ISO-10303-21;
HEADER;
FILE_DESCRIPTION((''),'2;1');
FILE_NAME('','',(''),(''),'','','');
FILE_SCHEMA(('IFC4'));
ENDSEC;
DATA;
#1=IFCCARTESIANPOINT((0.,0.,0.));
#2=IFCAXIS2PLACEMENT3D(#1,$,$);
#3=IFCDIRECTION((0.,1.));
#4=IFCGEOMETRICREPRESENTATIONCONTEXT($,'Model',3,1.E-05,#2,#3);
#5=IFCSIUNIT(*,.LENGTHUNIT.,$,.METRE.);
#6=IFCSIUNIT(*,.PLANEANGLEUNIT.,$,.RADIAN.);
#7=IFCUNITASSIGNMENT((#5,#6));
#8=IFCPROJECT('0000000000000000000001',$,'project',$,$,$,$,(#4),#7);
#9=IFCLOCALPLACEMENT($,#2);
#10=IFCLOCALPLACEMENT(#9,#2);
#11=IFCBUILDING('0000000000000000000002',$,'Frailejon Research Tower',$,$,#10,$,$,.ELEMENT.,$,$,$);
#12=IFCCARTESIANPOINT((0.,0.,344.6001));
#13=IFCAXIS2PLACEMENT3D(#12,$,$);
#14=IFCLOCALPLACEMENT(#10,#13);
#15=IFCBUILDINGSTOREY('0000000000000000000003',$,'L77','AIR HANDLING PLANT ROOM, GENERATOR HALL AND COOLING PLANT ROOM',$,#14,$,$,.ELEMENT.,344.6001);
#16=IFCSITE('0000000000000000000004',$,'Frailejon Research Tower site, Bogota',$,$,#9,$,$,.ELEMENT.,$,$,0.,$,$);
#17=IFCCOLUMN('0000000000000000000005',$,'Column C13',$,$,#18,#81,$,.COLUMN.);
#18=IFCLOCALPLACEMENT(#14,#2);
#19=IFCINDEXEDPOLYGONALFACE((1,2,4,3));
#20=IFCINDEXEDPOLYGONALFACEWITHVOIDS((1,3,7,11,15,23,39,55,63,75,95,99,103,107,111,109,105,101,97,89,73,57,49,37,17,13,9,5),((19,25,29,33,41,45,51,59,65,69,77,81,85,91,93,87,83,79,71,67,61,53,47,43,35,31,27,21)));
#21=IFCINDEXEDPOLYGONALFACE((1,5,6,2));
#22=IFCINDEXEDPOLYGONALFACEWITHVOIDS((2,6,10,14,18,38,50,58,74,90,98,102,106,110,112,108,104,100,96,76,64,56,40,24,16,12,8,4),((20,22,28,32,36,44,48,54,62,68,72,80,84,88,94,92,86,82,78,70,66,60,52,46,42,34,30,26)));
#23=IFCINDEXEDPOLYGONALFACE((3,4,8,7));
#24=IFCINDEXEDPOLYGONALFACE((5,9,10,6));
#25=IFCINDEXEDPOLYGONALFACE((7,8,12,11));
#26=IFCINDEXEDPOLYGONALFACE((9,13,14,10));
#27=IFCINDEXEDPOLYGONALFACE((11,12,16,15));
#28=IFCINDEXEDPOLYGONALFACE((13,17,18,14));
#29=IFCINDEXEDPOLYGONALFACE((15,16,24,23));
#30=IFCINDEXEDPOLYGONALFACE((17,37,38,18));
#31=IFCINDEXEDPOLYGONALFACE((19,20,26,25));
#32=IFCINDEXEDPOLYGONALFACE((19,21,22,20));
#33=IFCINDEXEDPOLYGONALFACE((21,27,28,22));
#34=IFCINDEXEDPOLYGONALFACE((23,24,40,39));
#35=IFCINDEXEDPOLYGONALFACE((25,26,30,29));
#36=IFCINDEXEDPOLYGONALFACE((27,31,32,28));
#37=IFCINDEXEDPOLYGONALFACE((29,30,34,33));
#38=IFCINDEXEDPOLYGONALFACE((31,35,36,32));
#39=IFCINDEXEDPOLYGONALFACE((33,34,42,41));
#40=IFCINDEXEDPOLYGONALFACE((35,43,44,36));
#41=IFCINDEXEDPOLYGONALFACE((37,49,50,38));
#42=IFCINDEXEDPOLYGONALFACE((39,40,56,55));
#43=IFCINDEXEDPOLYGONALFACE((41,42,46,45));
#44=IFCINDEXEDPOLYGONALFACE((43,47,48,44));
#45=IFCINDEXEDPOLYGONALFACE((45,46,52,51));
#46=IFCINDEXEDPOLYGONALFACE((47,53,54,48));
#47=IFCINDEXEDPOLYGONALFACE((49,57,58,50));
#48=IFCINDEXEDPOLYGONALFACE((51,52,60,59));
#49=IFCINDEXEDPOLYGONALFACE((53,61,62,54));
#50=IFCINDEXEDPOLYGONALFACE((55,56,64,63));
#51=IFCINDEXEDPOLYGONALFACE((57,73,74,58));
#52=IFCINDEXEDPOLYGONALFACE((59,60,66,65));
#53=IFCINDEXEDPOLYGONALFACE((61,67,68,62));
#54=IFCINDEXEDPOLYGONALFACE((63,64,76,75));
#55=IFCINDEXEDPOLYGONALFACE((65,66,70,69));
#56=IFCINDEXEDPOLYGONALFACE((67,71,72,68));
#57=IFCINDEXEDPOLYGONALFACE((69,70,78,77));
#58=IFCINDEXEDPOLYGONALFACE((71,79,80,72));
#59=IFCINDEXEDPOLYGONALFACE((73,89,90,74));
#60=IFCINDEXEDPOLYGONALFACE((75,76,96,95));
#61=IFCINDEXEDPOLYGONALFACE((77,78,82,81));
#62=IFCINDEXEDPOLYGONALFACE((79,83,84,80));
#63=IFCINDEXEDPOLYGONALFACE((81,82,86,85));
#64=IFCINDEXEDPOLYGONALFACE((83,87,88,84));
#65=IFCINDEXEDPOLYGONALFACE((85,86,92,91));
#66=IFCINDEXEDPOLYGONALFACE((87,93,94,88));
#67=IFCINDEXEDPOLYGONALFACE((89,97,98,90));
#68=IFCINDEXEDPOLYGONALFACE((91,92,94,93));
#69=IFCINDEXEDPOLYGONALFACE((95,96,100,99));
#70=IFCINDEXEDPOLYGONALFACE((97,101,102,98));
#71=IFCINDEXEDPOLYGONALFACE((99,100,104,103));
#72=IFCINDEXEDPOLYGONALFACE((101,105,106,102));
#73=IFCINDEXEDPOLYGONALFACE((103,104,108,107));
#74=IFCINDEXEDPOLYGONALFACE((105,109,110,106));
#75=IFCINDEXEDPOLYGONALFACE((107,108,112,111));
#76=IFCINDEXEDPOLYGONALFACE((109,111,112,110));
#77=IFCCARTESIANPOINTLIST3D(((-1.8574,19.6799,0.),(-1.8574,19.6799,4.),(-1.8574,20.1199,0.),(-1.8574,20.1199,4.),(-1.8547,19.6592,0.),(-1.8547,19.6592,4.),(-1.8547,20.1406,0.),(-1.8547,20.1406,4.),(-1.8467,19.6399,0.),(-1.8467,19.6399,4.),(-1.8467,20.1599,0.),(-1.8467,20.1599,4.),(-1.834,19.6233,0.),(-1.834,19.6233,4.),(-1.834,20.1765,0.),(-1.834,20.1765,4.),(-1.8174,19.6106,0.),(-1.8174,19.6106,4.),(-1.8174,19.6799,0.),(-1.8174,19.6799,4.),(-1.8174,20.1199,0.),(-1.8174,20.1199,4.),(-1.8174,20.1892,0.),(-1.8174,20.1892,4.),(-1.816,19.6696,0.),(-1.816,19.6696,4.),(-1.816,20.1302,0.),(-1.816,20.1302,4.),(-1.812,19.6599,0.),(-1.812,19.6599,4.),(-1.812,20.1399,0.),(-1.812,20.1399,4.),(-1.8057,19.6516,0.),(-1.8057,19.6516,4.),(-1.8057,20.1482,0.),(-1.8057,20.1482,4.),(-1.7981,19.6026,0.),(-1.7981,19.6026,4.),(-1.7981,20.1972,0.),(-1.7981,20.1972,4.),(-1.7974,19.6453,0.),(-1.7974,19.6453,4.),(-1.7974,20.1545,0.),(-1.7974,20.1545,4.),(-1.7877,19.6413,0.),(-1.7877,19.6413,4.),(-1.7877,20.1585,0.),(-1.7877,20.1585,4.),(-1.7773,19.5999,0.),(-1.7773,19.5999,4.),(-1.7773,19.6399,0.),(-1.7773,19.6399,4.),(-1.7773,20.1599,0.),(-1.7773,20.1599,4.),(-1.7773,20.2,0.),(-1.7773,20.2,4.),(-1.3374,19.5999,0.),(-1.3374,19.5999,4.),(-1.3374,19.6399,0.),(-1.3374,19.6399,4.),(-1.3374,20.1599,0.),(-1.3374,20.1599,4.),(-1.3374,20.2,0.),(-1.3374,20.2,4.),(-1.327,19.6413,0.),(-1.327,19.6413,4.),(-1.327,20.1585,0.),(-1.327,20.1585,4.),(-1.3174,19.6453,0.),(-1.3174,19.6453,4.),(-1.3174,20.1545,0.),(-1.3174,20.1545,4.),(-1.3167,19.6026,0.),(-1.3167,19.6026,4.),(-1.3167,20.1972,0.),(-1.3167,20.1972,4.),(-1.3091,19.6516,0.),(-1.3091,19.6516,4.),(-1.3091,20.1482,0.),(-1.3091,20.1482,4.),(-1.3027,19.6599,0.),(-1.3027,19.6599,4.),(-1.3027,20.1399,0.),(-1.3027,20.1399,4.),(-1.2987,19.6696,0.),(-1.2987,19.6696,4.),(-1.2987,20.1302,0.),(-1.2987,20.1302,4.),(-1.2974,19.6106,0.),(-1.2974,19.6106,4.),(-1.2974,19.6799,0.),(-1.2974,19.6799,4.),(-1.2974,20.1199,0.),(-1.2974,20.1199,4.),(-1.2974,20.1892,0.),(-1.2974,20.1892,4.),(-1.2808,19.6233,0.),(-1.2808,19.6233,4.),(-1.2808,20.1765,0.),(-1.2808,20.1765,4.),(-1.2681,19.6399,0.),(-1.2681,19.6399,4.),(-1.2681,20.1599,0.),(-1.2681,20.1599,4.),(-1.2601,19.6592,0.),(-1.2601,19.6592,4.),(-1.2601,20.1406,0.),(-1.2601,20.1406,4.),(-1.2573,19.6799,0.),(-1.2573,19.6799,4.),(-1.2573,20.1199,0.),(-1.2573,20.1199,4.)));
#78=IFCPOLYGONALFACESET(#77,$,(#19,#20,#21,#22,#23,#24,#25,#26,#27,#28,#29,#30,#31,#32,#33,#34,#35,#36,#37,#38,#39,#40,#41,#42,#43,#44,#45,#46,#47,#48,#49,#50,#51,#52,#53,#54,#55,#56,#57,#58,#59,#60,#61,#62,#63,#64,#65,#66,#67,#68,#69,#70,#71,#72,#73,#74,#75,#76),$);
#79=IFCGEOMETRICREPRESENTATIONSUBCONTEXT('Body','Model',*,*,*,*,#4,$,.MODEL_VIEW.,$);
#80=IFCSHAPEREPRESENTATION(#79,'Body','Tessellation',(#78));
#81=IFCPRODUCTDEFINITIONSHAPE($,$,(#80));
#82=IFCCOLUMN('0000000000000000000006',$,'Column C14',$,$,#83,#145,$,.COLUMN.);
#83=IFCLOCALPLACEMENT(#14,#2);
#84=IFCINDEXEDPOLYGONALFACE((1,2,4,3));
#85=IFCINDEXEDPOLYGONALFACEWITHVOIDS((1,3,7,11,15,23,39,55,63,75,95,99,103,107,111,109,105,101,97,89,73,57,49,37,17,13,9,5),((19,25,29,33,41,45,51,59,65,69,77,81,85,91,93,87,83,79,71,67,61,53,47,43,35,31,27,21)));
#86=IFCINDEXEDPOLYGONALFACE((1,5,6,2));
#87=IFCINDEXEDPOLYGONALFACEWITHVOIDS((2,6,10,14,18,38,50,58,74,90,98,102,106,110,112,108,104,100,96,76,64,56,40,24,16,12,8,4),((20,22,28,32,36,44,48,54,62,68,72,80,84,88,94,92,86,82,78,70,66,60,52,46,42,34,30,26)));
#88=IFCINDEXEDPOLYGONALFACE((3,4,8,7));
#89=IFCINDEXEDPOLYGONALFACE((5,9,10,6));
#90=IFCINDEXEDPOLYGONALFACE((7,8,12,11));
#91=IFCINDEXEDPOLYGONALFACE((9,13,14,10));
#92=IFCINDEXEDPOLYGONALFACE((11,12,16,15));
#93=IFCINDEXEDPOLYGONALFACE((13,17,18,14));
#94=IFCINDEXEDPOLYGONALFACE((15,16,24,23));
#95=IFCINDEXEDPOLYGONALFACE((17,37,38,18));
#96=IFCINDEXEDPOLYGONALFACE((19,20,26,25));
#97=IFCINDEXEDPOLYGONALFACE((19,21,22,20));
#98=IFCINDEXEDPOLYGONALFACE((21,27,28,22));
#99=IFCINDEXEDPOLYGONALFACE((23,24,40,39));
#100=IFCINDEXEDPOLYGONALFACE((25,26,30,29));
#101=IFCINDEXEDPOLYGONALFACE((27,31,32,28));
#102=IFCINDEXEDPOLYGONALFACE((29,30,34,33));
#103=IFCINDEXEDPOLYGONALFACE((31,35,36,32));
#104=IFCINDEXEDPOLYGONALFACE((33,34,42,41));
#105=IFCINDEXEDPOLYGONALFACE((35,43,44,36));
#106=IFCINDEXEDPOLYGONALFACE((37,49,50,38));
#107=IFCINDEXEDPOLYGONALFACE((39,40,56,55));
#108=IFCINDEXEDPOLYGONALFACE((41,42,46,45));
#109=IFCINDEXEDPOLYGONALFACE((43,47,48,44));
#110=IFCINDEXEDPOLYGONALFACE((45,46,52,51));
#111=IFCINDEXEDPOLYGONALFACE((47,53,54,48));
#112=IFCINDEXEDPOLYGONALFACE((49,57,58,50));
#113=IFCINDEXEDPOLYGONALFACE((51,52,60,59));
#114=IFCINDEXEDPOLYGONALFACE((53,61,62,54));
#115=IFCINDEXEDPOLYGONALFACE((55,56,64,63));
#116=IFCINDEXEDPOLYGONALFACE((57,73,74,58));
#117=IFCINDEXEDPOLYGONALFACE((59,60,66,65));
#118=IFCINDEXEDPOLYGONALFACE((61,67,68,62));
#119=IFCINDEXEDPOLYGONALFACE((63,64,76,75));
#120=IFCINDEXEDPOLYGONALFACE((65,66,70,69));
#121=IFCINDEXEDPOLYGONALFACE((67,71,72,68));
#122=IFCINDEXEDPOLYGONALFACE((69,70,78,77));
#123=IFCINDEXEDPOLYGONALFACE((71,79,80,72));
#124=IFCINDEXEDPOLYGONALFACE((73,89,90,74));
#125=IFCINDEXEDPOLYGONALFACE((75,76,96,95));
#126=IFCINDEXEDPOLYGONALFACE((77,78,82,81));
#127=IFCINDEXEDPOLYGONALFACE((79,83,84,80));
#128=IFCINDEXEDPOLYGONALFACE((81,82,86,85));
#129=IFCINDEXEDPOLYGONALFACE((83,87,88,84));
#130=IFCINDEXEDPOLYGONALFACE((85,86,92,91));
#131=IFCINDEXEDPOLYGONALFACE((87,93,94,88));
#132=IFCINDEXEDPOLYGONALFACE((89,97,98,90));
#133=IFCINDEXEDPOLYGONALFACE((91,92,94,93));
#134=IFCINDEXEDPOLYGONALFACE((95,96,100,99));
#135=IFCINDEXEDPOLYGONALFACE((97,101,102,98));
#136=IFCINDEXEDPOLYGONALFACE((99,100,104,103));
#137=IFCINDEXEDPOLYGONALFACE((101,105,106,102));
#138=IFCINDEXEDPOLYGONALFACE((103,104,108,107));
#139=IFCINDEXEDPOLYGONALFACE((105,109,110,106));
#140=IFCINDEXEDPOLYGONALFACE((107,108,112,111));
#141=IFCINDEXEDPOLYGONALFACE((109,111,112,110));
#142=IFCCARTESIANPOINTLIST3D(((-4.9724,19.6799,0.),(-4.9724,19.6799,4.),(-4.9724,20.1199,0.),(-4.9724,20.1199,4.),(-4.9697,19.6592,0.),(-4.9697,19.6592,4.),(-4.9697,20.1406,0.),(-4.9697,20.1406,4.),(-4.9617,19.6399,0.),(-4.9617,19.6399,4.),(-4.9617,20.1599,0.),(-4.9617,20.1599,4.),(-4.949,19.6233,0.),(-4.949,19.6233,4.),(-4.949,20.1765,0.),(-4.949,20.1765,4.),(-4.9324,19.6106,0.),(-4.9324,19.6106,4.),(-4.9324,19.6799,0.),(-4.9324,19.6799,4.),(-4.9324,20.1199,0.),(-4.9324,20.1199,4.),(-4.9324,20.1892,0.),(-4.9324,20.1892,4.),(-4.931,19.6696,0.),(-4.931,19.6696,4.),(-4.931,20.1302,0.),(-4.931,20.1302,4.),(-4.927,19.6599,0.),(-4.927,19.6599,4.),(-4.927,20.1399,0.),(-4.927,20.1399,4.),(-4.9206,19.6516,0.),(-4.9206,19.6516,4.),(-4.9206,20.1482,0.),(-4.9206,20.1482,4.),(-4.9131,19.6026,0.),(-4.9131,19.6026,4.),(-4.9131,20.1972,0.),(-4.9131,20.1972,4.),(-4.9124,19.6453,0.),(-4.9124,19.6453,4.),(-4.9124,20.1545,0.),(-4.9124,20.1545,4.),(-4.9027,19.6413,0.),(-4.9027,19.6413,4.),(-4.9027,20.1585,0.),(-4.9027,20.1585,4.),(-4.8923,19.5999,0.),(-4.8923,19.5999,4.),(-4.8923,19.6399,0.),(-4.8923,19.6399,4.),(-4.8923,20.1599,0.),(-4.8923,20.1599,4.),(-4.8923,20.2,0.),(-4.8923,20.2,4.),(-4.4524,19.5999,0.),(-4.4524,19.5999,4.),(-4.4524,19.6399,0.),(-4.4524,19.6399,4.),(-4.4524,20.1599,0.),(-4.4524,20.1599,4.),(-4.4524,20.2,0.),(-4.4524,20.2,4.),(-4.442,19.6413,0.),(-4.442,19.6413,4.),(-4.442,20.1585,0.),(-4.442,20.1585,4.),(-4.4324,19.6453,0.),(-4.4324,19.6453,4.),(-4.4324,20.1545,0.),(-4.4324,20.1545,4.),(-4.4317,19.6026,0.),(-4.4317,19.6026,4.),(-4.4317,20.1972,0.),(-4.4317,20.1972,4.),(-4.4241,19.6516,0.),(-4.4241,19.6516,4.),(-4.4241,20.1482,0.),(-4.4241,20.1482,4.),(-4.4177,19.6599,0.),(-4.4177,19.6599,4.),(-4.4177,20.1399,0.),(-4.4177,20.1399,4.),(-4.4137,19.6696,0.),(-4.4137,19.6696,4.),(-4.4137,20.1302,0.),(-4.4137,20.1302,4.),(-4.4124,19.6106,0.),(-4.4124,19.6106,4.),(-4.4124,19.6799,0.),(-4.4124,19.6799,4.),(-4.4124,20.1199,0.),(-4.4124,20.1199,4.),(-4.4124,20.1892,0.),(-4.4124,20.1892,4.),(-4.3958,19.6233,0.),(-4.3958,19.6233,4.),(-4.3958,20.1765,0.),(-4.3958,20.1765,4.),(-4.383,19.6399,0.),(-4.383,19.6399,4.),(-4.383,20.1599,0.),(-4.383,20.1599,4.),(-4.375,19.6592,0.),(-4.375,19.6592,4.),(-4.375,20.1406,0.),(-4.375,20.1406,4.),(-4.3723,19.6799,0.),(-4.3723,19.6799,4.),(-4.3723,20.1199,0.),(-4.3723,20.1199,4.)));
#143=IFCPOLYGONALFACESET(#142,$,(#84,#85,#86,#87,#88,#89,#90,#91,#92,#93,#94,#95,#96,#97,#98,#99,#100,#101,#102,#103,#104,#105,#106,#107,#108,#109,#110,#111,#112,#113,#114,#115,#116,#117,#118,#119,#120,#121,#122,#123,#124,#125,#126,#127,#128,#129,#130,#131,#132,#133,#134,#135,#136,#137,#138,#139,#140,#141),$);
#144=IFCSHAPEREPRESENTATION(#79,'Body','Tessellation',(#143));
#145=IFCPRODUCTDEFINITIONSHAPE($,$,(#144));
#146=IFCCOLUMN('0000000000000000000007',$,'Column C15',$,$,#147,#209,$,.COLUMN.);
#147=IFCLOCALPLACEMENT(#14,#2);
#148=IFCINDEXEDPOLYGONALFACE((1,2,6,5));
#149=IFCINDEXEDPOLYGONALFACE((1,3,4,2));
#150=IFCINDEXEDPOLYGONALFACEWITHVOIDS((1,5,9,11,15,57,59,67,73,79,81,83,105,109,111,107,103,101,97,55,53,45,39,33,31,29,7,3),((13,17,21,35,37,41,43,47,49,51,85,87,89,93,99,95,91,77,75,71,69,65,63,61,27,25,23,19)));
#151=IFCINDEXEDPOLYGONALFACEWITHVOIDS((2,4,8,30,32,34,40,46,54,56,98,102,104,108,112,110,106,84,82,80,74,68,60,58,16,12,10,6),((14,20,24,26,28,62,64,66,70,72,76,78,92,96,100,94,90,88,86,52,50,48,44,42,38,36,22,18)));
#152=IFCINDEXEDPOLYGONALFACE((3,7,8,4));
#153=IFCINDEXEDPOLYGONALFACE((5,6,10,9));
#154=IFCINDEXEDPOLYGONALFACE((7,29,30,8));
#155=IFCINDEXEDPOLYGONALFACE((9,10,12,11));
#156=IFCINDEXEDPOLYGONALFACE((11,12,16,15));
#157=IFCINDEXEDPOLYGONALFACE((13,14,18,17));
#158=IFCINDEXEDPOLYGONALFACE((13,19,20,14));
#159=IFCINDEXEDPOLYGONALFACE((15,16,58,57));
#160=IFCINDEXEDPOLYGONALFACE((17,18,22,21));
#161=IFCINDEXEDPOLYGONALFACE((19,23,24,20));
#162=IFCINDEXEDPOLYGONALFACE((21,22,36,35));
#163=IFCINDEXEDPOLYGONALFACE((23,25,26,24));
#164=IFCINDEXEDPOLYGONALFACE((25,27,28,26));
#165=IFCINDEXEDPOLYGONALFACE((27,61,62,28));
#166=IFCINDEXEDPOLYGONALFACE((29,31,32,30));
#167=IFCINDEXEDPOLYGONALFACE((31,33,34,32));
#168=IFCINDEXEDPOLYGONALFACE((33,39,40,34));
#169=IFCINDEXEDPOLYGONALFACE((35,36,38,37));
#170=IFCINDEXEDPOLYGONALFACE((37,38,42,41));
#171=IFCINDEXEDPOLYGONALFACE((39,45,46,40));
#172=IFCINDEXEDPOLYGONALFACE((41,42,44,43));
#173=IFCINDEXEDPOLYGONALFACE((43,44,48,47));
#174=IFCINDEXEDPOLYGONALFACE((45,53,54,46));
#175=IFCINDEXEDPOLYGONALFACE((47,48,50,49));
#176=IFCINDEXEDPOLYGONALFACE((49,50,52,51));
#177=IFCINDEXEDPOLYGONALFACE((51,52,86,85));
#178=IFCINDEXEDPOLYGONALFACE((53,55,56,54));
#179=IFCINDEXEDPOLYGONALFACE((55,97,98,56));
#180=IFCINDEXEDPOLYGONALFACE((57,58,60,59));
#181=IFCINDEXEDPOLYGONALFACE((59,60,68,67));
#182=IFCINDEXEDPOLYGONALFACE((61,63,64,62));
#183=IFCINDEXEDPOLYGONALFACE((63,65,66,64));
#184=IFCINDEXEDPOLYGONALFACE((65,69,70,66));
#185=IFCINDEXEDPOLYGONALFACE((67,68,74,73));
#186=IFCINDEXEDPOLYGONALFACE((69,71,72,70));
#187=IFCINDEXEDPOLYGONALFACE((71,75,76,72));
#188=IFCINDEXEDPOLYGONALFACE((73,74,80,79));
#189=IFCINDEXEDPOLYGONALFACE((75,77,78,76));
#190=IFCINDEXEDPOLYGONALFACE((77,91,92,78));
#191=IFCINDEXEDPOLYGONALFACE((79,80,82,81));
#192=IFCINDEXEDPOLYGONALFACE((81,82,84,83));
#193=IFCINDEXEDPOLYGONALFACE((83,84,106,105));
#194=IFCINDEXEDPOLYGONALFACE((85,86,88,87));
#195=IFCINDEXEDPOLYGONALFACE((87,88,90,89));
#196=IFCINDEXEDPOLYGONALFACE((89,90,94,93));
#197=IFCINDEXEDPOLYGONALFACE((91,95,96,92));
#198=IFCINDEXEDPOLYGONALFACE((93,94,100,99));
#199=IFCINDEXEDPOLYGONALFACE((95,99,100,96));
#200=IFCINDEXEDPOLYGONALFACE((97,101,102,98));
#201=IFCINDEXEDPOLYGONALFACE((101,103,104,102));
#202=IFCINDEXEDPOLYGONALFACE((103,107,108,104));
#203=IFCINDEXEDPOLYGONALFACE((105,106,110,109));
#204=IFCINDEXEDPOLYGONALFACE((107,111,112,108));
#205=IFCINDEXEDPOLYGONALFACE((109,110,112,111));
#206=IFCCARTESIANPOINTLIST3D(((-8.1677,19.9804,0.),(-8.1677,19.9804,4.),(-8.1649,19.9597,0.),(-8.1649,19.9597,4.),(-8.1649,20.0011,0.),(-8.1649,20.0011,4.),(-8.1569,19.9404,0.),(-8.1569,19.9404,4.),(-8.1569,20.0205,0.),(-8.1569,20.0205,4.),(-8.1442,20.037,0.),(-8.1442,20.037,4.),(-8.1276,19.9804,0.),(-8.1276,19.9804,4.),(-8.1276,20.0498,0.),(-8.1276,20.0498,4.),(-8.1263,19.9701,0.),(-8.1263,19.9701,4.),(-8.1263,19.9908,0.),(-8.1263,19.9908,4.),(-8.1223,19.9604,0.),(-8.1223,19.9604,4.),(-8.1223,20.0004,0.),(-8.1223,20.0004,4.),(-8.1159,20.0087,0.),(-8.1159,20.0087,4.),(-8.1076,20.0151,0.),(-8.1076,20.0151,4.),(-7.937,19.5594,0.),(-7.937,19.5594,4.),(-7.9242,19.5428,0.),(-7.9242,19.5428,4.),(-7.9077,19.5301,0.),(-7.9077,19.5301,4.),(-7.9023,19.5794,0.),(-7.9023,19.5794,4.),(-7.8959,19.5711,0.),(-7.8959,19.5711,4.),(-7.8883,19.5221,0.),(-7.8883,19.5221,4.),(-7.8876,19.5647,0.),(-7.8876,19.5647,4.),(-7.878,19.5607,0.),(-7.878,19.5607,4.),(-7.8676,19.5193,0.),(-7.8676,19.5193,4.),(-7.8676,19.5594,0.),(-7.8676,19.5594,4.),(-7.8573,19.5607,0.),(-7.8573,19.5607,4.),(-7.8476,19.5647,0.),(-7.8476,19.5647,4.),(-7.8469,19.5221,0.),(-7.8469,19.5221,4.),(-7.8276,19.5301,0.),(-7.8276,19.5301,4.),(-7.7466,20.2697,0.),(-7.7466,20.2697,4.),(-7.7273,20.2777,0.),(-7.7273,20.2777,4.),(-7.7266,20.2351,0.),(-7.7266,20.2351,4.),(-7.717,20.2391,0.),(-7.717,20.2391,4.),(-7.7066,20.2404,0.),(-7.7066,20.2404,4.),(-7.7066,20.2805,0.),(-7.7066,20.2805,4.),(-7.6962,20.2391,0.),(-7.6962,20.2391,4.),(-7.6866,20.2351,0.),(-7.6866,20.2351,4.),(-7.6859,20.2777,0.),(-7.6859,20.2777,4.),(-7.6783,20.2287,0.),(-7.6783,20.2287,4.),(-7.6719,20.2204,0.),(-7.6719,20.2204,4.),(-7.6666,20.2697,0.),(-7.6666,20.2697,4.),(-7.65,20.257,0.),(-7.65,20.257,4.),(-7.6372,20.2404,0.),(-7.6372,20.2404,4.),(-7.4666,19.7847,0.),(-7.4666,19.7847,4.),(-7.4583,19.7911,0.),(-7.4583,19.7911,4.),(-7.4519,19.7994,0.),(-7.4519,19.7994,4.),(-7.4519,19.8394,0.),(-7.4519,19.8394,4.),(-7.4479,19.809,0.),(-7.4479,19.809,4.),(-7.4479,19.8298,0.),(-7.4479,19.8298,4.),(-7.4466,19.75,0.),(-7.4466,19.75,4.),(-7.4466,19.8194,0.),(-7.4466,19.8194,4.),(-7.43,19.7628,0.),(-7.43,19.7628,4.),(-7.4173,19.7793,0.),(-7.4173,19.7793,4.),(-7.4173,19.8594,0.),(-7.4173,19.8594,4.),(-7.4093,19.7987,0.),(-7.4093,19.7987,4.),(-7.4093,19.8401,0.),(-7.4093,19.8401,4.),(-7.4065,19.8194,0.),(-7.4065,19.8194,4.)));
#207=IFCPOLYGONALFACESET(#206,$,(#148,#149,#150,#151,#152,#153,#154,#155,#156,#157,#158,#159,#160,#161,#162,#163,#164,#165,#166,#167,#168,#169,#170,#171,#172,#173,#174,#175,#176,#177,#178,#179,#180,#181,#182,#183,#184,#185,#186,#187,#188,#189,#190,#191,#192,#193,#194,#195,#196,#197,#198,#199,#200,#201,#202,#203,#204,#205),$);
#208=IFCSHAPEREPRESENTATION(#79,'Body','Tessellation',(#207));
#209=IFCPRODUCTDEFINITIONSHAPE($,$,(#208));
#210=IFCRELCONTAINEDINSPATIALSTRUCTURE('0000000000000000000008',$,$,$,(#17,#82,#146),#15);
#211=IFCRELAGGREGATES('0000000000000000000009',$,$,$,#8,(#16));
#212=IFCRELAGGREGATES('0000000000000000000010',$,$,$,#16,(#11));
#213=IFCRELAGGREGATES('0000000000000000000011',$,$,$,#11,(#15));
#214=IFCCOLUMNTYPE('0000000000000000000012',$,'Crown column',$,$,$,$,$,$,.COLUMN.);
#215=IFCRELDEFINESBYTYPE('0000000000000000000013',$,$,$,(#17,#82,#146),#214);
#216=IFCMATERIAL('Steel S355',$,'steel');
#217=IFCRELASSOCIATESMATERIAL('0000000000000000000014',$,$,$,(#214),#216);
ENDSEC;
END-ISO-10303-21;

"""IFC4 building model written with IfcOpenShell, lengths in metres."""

from ifc_helpers import new_model, si_unit, direction, frame, origin, origin_2d, place, context, subcontext, project, spatial, hollow_rectangle, extrude, material, material_profile, profile_set, type_object, element, save


model = new_model("IFC4")

# Units and contexts
model_context = context("Model", 3, precision=1e-05, world=origin(), true_north=direction((0.0, 1.0)))
body_context = subcontext(model_context, "Body", "Model", "MODEL_VIEW")
ifc_project = project(units=[si_unit("LENGTHUNIT", "METRE"), si_unit("PLANEANGLEUNIT", "RADIAN")], contexts=[model_context])

# Site, building, storey
site_placement = place(None, origin())
site = spatial("IfcSite", under=ifc_project, at=site_placement, Name="Frailejon Research Tower site, Bogota", CompositionType="ELEMENT", RefElevation=0.0)
building_placement = place(site_placement, origin())
building = spatial("IfcBuilding", under=site, at=building_placement, Name="Frailejon Research Tower", CompositionType="ELEMENT")
storey_placement = place(building_placement, frame((0.0, 0.0, 344.6001)))
storey = spatial("IfcBuildingStorey", under=building, at=storey_placement, Name="L77", Description="AIR HANDLING PLANT ROOM, GENERATOR HALL AND COOLING PLANT ROOM", CompositionType="ELEMENT", Elevation=344.6001)

# Columns
ifc_material_1 = material(Name="Steel S355", Category="steel")
ifc_material_profile_1 = material_profile(ifc_material_1, hollow_rectangle(XDim=0.6001, YDim=0.6001, WallThickness=0.04, InnerFilletRadius=0.04, OuterFilletRadius=0.0801, at=origin_2d()), Name="Crown column")
ifc_profile_set_1 = profile_set([ifc_material_profile_1], Name="Steel S355")
column_type = type_object("IfcColumnType", Name="Crown column", PredefinedType="COLUMN", material=ifc_profile_set_1)
for number, where, z_axis, x_axis, name in (
    (1, (-1.5574, 19.8999, 0.0), (0.0, 0.0, 1.0), (-1.0, 0.0, 0.0), "Column C13"),
    (2, (-4.6724, 19.8999, 0.0), (0.0, 0.0, 1.0), (-1.0, 0.0, 0.0), "Column C14"),
    (3, (-7.7871, 19.8999, 0.0), (0.0, 0.0, 1.0), (-0.866025, -0.5, 0.0), "Column C15"),
):
    element("IfcColumn", number, at=place(storey_placement, frame(where, z_axis=z_axis, x_axis=x_axis)), inside=storey, type_object=column_type, Name=name, PredefinedType="COLUMN", context=body_context, shape_type="SweptSolid", body=[
        extrude(hollow_rectangle(XDim=0.6001, YDim=0.6001, WallThickness=0.04, InnerFilletRadius=0.04, OuterFilletRadius=0.0801, at=origin_2d()), origin(), (0.0, 0.0, 1.0), 4.0),
    ])

save(model, "model.ifc")
